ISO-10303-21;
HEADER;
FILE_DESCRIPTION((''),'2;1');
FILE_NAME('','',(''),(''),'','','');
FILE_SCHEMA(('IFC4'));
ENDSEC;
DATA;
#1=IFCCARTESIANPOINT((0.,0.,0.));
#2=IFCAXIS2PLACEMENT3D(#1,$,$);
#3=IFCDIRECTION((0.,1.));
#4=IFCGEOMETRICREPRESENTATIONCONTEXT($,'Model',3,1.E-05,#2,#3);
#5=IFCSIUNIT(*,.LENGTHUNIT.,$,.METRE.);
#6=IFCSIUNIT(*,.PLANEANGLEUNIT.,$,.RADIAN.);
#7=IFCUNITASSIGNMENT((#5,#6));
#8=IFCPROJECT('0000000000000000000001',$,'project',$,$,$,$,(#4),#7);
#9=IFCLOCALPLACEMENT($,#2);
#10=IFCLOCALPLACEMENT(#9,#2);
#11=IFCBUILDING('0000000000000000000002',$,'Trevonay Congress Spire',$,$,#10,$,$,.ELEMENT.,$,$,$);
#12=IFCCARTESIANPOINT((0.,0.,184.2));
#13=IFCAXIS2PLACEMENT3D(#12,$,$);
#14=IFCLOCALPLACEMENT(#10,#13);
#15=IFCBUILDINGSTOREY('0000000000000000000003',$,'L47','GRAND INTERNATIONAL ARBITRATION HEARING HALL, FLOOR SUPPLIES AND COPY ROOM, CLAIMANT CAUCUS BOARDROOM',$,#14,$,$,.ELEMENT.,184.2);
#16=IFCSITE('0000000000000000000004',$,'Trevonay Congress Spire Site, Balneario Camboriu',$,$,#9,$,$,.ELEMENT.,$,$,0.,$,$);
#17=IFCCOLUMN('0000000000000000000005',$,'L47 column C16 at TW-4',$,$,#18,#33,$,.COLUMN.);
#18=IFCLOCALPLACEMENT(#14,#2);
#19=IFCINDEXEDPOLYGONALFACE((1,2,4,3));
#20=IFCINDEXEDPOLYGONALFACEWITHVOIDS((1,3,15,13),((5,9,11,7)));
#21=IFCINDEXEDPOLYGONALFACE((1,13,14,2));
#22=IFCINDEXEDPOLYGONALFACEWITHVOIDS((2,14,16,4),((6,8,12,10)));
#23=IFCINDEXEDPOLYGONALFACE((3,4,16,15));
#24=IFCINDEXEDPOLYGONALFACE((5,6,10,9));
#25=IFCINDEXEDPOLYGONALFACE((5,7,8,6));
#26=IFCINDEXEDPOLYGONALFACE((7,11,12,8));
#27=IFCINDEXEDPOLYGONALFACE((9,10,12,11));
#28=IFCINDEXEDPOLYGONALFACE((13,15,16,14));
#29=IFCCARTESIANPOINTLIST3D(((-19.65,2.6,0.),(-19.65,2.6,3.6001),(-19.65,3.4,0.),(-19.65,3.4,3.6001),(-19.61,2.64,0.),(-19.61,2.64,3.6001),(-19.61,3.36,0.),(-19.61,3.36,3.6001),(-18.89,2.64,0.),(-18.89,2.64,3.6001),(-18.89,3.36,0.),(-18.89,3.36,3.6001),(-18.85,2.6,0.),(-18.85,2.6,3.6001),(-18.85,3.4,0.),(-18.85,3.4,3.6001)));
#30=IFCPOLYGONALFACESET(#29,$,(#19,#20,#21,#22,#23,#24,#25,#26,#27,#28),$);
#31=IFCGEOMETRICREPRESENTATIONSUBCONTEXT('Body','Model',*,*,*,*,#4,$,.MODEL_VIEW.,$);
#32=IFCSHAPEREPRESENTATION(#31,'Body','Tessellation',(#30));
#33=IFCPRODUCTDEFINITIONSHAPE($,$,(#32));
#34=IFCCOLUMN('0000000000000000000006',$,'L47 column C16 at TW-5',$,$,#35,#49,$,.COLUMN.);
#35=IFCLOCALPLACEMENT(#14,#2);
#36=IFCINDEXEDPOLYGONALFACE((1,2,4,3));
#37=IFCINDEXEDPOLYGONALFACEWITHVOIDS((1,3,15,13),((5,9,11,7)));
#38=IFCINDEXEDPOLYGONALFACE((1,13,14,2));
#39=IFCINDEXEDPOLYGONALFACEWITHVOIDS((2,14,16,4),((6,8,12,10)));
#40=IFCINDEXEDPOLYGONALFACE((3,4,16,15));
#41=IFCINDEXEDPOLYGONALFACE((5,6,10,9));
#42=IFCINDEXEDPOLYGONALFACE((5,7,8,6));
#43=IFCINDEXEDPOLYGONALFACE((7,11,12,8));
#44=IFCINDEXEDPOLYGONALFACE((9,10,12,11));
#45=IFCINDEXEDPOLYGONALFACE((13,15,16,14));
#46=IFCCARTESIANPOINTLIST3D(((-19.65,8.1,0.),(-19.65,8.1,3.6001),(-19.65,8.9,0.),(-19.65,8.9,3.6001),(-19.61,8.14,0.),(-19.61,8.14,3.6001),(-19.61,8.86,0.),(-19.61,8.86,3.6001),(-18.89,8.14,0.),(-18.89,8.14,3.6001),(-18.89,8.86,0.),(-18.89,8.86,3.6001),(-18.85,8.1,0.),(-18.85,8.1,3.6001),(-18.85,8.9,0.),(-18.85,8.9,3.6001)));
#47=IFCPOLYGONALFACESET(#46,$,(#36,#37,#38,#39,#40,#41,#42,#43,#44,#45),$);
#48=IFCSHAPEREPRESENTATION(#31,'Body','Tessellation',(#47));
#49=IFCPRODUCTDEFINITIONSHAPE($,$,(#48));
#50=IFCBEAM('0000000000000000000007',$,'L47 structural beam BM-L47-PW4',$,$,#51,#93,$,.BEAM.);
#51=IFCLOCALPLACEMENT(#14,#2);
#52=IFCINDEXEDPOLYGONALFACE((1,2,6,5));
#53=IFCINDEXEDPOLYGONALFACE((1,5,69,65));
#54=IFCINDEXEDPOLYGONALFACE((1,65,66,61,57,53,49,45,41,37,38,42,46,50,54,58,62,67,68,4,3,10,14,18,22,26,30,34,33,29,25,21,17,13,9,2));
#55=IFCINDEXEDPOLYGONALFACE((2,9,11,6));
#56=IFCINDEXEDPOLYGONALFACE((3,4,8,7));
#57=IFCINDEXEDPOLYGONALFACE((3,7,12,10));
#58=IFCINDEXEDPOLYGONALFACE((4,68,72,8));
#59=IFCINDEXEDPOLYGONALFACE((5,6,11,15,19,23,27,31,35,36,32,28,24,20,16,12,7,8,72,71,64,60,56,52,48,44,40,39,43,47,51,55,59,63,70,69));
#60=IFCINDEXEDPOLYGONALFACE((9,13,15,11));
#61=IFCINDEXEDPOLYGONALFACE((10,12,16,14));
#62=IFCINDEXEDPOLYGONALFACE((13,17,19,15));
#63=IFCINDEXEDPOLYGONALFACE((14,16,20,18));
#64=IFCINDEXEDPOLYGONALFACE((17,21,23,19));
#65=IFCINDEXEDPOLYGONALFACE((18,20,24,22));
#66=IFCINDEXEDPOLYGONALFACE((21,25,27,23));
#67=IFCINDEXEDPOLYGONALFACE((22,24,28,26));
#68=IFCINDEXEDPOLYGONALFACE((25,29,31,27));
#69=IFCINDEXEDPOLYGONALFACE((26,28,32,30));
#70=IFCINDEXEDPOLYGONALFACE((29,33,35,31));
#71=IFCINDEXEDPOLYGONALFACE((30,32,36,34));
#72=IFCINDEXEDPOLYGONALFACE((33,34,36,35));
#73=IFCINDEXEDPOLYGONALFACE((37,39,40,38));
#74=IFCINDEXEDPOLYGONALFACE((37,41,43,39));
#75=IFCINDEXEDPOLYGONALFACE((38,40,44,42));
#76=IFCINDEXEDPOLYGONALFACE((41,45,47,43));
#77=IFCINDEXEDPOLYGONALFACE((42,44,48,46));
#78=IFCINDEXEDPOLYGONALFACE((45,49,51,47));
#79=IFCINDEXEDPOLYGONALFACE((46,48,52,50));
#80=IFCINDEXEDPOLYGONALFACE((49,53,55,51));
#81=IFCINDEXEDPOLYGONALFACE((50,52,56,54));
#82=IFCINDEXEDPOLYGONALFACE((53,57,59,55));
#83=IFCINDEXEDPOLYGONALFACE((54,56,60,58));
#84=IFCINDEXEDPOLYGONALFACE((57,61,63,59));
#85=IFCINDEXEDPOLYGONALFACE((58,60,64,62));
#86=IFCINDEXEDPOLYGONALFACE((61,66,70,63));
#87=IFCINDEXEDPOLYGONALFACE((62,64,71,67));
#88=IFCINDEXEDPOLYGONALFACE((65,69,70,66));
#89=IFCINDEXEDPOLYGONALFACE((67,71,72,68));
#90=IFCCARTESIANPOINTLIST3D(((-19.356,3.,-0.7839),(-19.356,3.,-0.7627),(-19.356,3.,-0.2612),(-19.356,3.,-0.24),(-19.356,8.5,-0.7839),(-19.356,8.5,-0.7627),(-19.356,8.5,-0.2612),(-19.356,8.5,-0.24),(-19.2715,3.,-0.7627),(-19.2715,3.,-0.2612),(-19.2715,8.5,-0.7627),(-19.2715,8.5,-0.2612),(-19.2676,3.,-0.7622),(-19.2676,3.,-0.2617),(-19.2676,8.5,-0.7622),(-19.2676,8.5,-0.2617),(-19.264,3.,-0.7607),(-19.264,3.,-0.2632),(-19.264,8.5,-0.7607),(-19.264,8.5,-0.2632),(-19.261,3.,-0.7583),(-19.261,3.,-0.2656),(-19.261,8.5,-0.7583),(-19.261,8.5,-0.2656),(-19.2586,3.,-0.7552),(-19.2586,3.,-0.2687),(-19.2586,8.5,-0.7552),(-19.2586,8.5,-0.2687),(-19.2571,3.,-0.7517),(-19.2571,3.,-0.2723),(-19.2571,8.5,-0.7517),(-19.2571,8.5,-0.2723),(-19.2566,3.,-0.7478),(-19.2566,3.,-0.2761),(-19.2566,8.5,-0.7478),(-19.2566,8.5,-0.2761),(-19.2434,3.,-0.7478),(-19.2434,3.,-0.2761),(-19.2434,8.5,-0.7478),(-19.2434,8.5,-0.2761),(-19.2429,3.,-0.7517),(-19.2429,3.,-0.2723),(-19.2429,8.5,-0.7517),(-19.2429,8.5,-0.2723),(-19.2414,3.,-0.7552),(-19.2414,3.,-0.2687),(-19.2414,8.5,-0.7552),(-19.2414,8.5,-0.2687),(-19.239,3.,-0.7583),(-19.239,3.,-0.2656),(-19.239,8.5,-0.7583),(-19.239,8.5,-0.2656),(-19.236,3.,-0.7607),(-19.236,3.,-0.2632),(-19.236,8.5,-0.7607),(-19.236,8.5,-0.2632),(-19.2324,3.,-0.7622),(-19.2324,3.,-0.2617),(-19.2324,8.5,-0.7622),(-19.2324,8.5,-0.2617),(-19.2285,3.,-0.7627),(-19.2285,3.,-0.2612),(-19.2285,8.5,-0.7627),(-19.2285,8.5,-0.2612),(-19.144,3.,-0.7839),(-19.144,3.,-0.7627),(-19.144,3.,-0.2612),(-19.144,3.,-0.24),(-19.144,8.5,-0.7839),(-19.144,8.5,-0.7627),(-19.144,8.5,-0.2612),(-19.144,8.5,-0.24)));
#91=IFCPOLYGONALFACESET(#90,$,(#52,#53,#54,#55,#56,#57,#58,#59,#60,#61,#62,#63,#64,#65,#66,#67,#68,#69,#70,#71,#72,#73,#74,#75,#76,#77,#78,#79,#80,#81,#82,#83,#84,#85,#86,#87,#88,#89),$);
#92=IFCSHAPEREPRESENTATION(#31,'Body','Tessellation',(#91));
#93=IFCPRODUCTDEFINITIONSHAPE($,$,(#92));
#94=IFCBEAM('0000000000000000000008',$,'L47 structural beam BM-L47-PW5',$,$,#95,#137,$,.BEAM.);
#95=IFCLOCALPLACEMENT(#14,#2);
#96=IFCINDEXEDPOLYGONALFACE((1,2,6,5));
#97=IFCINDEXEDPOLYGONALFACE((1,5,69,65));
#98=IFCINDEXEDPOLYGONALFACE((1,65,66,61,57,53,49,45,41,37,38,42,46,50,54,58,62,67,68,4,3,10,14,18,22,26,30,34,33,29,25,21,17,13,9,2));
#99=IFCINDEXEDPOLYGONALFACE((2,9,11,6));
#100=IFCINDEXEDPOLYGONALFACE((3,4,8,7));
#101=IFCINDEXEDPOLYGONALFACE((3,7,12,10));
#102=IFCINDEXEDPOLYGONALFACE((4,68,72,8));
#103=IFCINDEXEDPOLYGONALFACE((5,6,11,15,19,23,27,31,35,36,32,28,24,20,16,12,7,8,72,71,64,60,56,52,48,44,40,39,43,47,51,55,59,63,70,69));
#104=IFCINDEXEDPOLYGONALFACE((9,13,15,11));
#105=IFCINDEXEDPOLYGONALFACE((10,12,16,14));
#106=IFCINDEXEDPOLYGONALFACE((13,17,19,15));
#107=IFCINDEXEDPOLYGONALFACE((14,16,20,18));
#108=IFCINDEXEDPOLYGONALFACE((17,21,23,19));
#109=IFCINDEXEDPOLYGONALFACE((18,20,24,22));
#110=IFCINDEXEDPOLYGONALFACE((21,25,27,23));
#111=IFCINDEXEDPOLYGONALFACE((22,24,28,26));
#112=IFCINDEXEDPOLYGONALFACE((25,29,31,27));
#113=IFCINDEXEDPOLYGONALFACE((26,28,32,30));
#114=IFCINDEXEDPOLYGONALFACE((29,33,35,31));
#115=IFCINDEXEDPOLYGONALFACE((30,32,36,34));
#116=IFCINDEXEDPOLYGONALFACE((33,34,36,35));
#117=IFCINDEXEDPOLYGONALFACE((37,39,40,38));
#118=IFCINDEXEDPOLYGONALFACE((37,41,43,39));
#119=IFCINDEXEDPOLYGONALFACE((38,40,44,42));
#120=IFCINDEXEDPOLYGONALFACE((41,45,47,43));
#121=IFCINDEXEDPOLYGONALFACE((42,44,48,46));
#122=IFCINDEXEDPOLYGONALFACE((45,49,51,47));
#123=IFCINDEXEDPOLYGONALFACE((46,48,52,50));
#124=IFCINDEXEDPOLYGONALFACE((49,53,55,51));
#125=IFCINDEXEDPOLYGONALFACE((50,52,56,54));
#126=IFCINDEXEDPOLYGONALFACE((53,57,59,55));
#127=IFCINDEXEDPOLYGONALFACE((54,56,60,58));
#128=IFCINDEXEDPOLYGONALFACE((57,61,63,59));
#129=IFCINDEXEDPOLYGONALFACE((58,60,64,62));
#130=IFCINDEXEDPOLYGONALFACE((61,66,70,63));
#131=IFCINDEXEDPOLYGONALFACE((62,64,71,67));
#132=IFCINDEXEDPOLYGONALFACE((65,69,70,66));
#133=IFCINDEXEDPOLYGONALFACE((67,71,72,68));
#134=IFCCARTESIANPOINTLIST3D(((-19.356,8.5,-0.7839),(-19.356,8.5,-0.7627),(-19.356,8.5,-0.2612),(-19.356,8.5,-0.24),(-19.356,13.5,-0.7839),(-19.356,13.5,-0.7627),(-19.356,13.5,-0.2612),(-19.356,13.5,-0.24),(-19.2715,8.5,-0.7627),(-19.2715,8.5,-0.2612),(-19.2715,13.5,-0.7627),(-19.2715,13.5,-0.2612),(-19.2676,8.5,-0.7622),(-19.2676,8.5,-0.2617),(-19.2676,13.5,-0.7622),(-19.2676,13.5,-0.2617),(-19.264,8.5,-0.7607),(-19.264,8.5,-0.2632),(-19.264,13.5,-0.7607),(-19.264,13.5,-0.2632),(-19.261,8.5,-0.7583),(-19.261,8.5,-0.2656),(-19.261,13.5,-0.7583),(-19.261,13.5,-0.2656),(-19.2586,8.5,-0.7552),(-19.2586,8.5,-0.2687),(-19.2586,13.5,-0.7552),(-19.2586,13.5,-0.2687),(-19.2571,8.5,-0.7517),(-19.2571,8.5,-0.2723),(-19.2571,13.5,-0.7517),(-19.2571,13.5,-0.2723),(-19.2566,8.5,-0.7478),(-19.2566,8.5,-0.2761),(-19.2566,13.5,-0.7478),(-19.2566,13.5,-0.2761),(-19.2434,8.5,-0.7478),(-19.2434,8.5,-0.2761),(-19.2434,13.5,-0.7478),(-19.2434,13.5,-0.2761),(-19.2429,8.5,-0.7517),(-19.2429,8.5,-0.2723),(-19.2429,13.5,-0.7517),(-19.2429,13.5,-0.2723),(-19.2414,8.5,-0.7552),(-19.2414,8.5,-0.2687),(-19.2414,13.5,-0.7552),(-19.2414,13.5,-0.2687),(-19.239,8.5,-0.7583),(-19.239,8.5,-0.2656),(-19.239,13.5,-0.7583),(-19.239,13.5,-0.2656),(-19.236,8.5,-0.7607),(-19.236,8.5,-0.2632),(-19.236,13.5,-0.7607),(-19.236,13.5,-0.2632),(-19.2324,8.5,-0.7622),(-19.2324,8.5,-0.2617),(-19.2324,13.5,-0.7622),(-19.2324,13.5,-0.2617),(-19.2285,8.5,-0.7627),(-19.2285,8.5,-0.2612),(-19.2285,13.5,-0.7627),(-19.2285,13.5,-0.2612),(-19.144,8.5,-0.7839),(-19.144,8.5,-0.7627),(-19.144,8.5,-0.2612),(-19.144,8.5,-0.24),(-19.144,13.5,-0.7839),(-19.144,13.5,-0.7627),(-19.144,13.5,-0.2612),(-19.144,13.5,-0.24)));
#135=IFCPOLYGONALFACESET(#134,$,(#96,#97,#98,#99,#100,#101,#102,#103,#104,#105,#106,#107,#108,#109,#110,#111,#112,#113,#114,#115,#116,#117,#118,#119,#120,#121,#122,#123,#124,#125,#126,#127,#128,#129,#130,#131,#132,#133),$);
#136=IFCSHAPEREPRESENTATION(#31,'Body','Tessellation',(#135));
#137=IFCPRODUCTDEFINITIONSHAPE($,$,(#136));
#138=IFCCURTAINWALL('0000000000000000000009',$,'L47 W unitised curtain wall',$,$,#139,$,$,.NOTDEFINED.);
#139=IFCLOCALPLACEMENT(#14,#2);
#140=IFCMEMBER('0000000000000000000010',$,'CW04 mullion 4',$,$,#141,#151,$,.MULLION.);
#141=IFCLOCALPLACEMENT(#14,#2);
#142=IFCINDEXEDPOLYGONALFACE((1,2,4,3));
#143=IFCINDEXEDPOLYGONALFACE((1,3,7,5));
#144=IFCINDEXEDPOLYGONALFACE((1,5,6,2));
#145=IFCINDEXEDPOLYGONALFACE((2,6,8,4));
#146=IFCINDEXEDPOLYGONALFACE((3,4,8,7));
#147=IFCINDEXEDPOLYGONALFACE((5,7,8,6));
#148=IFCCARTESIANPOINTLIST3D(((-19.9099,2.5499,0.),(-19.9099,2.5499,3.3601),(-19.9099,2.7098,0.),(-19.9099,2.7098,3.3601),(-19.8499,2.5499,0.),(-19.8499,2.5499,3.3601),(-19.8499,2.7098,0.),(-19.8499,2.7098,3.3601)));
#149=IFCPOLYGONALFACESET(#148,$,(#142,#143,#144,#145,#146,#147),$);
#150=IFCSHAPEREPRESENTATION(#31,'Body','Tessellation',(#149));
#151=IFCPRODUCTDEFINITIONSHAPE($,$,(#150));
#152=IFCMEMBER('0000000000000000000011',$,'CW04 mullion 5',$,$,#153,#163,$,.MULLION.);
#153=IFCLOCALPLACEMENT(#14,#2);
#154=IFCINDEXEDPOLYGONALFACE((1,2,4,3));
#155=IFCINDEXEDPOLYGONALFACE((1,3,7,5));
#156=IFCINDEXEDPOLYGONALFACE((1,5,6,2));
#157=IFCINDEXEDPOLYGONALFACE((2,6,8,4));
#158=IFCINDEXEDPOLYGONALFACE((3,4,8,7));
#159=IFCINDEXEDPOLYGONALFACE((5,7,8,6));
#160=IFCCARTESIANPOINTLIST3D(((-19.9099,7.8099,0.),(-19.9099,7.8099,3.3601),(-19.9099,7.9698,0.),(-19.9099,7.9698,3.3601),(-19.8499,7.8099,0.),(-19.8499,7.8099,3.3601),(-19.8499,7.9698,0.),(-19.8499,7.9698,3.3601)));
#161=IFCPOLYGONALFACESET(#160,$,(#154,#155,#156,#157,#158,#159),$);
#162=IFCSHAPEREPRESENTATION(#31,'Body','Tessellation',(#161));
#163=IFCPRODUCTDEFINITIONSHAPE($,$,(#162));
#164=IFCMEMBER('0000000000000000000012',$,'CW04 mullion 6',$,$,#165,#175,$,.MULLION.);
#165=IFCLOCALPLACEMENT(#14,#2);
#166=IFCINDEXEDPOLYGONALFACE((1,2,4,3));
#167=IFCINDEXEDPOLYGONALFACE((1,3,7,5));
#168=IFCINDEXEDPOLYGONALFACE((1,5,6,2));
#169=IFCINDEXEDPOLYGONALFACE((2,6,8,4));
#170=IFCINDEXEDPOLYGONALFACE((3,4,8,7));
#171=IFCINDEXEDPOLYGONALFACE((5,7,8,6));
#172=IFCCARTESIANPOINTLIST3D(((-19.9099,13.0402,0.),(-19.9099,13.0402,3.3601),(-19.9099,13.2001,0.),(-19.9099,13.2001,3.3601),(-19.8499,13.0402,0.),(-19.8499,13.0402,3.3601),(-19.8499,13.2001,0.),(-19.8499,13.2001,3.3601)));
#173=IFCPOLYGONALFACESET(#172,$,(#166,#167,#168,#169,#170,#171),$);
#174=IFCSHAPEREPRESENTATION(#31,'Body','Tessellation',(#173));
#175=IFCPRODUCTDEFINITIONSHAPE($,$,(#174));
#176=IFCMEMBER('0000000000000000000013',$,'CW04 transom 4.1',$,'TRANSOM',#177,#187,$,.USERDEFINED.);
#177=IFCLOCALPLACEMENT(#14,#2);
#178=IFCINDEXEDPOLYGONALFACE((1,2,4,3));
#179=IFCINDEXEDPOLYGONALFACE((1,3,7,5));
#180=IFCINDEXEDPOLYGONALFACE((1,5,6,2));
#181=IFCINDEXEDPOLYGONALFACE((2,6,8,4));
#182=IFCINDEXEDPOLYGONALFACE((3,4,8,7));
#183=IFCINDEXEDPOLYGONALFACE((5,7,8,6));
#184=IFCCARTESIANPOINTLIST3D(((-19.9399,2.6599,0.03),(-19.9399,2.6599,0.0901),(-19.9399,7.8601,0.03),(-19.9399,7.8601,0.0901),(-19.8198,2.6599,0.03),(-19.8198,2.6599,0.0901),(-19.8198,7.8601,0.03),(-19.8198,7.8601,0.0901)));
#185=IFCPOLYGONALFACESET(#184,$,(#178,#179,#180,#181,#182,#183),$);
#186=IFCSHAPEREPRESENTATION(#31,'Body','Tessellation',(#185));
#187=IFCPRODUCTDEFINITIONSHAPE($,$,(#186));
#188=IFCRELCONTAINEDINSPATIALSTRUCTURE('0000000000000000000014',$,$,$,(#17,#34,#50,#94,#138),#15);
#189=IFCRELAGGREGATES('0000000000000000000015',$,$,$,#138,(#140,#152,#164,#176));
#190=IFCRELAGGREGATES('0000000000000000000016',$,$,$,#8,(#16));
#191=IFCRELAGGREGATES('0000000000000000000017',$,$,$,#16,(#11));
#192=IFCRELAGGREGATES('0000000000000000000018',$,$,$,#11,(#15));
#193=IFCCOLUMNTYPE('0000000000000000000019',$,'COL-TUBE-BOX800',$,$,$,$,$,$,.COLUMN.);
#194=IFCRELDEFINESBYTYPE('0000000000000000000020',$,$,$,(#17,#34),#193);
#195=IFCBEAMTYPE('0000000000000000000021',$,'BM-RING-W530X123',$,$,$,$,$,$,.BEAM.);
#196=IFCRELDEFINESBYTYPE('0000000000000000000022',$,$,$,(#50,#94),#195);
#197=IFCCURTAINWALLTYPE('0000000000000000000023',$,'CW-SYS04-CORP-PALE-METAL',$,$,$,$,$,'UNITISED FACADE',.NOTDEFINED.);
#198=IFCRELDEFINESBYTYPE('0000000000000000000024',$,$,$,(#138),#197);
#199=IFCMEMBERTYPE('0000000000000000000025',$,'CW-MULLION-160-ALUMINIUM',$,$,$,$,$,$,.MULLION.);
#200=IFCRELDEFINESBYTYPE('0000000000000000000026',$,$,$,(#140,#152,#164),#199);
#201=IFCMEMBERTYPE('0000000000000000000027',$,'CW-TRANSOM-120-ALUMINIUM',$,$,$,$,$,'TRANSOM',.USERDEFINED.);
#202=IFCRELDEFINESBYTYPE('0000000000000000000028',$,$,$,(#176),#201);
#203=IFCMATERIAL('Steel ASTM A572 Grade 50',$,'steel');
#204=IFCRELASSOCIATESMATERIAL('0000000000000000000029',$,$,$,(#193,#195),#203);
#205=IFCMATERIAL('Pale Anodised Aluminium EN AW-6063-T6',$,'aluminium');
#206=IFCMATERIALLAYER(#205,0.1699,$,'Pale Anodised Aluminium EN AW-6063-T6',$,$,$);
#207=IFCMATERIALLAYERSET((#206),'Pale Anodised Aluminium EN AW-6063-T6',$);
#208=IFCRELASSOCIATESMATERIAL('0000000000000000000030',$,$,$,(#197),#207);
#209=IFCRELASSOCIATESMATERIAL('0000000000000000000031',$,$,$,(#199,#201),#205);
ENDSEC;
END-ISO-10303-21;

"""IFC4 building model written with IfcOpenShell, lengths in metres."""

from ifc_helpers import new_model, si_unit, direction, frame, origin, origin_2d, place, context, subcontext, project, spatial, rectangle, hollow_rectangle, i_section, extrude, material, layer, layer_set, material_profile, profile_set, type_object, element, aggregate, save


model = new_model("IFC4")

# Units and contexts
model_context = context("Model", 3, precision=1e-05, world=origin(), true_north=direction((0.0, 1.0)))
body_context = subcontext(model_context, "Body", "Model", "MODEL_VIEW")
ifc_project = project(units=[si_unit("LENGTHUNIT", "METRE"), si_unit("PLANEANGLEUNIT", "RADIAN")], contexts=[model_context])

# Site, building, storey
site_placement = place(None, origin())
site = spatial("IfcSite", under=ifc_project, at=site_placement, Name="Trevonay Congress Spire Site, Balneario Camboriu", CompositionType="ELEMENT", RefElevation=0.0)
building_placement = place(site_placement, origin())
building = spatial("IfcBuilding", under=site, at=building_placement, Name="Trevonay Congress Spire", CompositionType="ELEMENT")
storey_placement = place(building_placement, frame((0.0, 0.0, 184.2)))
storey = spatial("IfcBuildingStorey", under=building, at=storey_placement, Name="L47", Description="GRAND INTERNATIONAL ARBITRATION HEARING HALL, FLOOR SUPPLIES AND COPY ROOM, CLAIMANT CAUCUS BOARDROOM", CompositionType="ELEMENT", Elevation=184.2)

# Columns
ifc_material_1 = material(Name="Steel ASTM A572 Grade 50", Category="steel")
ifc_material_profile_1 = material_profile(ifc_material_1, hollow_rectangle(XDim=0.8, YDim=0.8, WallThickness=0.04, at=origin_2d()), Name="BOX 800x800x40")
ifc_profile_set_1 = profile_set([ifc_material_profile_1], Name="Steel ASTM A572 Grade 50")
column_type = type_object("IfcColumnType", Name="COL-TUBE-BOX800", PredefinedType="COLUMN", material=ifc_profile_set_1)
for number, where, z_axis, x_axis, name in (
    (1, (-19.25, 3.0, 0.0), (0.0, 0.0, 1.0), (1.0, 0.0, 0.0), "L47 column C16 at TW-4"),
    (2, (-19.25, 8.5, 0.0), (0.0, 0.0, 1.0), (1.0, 0.0, 0.0), "L47 column C16 at TW-5"),
):
    element("IfcColumn", number, at=place(storey_placement, frame(where, z_axis=z_axis, x_axis=x_axis)), inside=storey, type_object=column_type, Name=name, PredefinedType="COLUMN", context=body_context, shape_type="SweptSolid", body=[
        extrude(hollow_rectangle(XDim=0.8, YDim=0.8, WallThickness=0.04, at=origin_2d()), origin(), (0.0, 0.0, 1.0), 3.6001),
    ])

# Beams
ifc_material_profile_2 = material_profile(ifc_material_1, i_section(OverallWidth=0.2119, OverallDepth=0.5439, WebThickness=0.0132, FlangeThickness=0.0212, FilletRadius=0.0149, at=origin_2d()), Name="W530x123")
ifc_profile_set_2 = profile_set([ifc_material_profile_2], Name="Steel ASTM A572 Grade 50")
beam_type_1 = type_object("IfcBeamType", Name="BM-RING-W530X123", PredefinedType="BEAM", material=ifc_profile_set_2)
beam_1_placement = place(storey_placement, frame((-19.25, 3.0, -0.512), z_axis=(0.0, 1.0, 0.0), x_axis=(-1.0, 0.0, 0.0)))
element("IfcBeam", 3, at=beam_1_placement, inside=storey, type_object=beam_type_1, Name="L47 structural beam BM-L47-PW4", PredefinedType="BEAM", context=body_context, shape_type="SweptSolid", body=[
    extrude(i_section(OverallWidth=0.2119, OverallDepth=0.5439, WebThickness=0.0132, FlangeThickness=0.0212, FilletRadius=0.0149, at=origin_2d()), origin(), (0.0, 0.0, 1.0), 5.5),
])
beam_2_placement = place(storey_placement, frame((-19.25, 8.5, -0.512), z_axis=(0.0, 1.0, 0.0), x_axis=(-1.0, 0.0, 0.0)))
element("IfcBeam", 4, at=beam_2_placement, inside=storey, type_object=beam_type_1, Name="L47 structural beam BM-L47-PW5", PredefinedType="BEAM", context=body_context, shape_type="SweptSolid", body=[
    extrude(i_section(OverallWidth=0.2119, OverallDepth=0.5439, WebThickness=0.0132, FlangeThickness=0.0212, FilletRadius=0.0149, at=origin_2d()), origin(), (0.0, 0.0, 1.0), 5.0),
])

# Curtain wall, members
ifc_material_2 = material(Name="Pale Anodised Aluminium EN AW-6063-T6", Category="aluminium")
ifc_layer_1 = layer(ifc_material_2, 0.1699, Name="Pale Anodised Aluminium EN AW-6063-T6")
ifc_layer_set_1 = layer_set([ifc_layer_1], Name="Pale Anodised Aluminium EN AW-6063-T6")
curtain_wall_type = type_object("IfcCurtainWallType", Name="CW-SYS04-CORP-PALE-METAL", ElementType="UNITISED FACADE", PredefinedType="NOTDEFINED", material=ifc_layer_set_1)
curtain_wall_placement = place(storey_placement, origin())
curtain_wall = element("IfcCurtainWall", 5, at=curtain_wall_placement, inside=storey, type_object=curtain_wall_type, Name="L47 W unitised curtain wall", PredefinedType="NOTDEFINED")
ifc_material_profile_3 = material_profile(ifc_material_2, rectangle(XDim=0.0601, YDim=0.1599, at=origin_2d()), Name="CW-MULLION-160-ALUMINIUM")
ifc_profile_set_3 = profile_set([ifc_material_profile_3], Name="Pale Anodised Aluminium EN AW-6063-T6")
member_type_1 = type_object("IfcMemberType", Name="CW-MULLION-160-ALUMINIUM", PredefinedType="MULLION", material=ifc_profile_set_3)
member_1_placement = place(storey_placement, frame((-19.8799, 2.6299, 0.0), z_axis=(0.0, 0.0, 1.0), x_axis=(-1.0, 0.0, 0.0)))
member_1 = element("IfcMember", 6, at=member_1_placement, type_object=member_type_1, Name="CW04 mullion 4", PredefinedType="MULLION", context=body_context, shape_type="SweptSolid", body=[
    extrude(rectangle(XDim=0.0601, YDim=0.1599, at=origin_2d()), origin(), (0.0, 0.0, 1.0), 3.3601),
])
member_2_placement = place(storey_placement, frame((-19.8799, 7.8899, 0.0), z_axis=(0.0, 0.0, 1.0), x_axis=(-1.0, 0.0, 0.0)))
member_2 = element("IfcMember", 7, at=member_2_placement, type_object=member_type_1, Name="CW04 mullion 5", PredefinedType="MULLION", context=body_context, shape_type="SweptSolid", body=[
    extrude(rectangle(XDim=0.0601, YDim=0.1599, at=origin_2d()), origin(), (0.0, 0.0, 1.0), 3.3601),
])
member_3_placement = place(storey_placement, frame((-19.8799, 13.1201, 0.0), z_axis=(0.0, 0.0, 1.0), x_axis=(-1.0, 0.0, 0.0)))
member_3 = element("IfcMember", 8, at=member_3_placement, type_object=member_type_1, Name="CW04 mullion 6", PredefinedType="MULLION", context=body_context, shape_type="SweptSolid", body=[
    extrude(rectangle(XDim=0.0601, YDim=0.1599, at=origin_2d()), origin(), (0.0, 0.0, 1.0), 3.3601),
])
ifc_material_profile_4 = material_profile(ifc_material_2, rectangle(XDim=0.1201, YDim=0.0601, at=origin_2d()), Name="CW-TRANSOM-120-ALUMINIUM")
ifc_profile_set_4 = profile_set([ifc_material_profile_4], Name="Pale Anodised Aluminium EN AW-6063-T6")
member_type_2 = type_object("IfcMemberType", Name="CW-TRANSOM-120-ALUMINIUM", ElementType="TRANSOM", PredefinedType="USERDEFINED", material=ifc_profile_set_4)
member_4_placement = place(storey_placement, frame((-19.8799, 2.6599, 0.0601), z_axis=(0.0, 1.0, 0.0), x_axis=(-1.0, 0.0, 0.0)))
member_4 = element("IfcMember", 9, at=member_4_placement, type_object=member_type_2, Name="CW04 transom 4.1", ObjectType="TRANSOM", PredefinedType="USERDEFINED", context=body_context, shape_type="SweptSolid", body=[
    extrude(rectangle(XDim=0.1201, YDim=0.0601, at=origin_2d()), origin(), (0.0, 0.0, 1.0), 5.2002),
])

aggregate(curtain_wall, [member_1, member_2, member_3, member_4])

save(model, "model.ifc")
